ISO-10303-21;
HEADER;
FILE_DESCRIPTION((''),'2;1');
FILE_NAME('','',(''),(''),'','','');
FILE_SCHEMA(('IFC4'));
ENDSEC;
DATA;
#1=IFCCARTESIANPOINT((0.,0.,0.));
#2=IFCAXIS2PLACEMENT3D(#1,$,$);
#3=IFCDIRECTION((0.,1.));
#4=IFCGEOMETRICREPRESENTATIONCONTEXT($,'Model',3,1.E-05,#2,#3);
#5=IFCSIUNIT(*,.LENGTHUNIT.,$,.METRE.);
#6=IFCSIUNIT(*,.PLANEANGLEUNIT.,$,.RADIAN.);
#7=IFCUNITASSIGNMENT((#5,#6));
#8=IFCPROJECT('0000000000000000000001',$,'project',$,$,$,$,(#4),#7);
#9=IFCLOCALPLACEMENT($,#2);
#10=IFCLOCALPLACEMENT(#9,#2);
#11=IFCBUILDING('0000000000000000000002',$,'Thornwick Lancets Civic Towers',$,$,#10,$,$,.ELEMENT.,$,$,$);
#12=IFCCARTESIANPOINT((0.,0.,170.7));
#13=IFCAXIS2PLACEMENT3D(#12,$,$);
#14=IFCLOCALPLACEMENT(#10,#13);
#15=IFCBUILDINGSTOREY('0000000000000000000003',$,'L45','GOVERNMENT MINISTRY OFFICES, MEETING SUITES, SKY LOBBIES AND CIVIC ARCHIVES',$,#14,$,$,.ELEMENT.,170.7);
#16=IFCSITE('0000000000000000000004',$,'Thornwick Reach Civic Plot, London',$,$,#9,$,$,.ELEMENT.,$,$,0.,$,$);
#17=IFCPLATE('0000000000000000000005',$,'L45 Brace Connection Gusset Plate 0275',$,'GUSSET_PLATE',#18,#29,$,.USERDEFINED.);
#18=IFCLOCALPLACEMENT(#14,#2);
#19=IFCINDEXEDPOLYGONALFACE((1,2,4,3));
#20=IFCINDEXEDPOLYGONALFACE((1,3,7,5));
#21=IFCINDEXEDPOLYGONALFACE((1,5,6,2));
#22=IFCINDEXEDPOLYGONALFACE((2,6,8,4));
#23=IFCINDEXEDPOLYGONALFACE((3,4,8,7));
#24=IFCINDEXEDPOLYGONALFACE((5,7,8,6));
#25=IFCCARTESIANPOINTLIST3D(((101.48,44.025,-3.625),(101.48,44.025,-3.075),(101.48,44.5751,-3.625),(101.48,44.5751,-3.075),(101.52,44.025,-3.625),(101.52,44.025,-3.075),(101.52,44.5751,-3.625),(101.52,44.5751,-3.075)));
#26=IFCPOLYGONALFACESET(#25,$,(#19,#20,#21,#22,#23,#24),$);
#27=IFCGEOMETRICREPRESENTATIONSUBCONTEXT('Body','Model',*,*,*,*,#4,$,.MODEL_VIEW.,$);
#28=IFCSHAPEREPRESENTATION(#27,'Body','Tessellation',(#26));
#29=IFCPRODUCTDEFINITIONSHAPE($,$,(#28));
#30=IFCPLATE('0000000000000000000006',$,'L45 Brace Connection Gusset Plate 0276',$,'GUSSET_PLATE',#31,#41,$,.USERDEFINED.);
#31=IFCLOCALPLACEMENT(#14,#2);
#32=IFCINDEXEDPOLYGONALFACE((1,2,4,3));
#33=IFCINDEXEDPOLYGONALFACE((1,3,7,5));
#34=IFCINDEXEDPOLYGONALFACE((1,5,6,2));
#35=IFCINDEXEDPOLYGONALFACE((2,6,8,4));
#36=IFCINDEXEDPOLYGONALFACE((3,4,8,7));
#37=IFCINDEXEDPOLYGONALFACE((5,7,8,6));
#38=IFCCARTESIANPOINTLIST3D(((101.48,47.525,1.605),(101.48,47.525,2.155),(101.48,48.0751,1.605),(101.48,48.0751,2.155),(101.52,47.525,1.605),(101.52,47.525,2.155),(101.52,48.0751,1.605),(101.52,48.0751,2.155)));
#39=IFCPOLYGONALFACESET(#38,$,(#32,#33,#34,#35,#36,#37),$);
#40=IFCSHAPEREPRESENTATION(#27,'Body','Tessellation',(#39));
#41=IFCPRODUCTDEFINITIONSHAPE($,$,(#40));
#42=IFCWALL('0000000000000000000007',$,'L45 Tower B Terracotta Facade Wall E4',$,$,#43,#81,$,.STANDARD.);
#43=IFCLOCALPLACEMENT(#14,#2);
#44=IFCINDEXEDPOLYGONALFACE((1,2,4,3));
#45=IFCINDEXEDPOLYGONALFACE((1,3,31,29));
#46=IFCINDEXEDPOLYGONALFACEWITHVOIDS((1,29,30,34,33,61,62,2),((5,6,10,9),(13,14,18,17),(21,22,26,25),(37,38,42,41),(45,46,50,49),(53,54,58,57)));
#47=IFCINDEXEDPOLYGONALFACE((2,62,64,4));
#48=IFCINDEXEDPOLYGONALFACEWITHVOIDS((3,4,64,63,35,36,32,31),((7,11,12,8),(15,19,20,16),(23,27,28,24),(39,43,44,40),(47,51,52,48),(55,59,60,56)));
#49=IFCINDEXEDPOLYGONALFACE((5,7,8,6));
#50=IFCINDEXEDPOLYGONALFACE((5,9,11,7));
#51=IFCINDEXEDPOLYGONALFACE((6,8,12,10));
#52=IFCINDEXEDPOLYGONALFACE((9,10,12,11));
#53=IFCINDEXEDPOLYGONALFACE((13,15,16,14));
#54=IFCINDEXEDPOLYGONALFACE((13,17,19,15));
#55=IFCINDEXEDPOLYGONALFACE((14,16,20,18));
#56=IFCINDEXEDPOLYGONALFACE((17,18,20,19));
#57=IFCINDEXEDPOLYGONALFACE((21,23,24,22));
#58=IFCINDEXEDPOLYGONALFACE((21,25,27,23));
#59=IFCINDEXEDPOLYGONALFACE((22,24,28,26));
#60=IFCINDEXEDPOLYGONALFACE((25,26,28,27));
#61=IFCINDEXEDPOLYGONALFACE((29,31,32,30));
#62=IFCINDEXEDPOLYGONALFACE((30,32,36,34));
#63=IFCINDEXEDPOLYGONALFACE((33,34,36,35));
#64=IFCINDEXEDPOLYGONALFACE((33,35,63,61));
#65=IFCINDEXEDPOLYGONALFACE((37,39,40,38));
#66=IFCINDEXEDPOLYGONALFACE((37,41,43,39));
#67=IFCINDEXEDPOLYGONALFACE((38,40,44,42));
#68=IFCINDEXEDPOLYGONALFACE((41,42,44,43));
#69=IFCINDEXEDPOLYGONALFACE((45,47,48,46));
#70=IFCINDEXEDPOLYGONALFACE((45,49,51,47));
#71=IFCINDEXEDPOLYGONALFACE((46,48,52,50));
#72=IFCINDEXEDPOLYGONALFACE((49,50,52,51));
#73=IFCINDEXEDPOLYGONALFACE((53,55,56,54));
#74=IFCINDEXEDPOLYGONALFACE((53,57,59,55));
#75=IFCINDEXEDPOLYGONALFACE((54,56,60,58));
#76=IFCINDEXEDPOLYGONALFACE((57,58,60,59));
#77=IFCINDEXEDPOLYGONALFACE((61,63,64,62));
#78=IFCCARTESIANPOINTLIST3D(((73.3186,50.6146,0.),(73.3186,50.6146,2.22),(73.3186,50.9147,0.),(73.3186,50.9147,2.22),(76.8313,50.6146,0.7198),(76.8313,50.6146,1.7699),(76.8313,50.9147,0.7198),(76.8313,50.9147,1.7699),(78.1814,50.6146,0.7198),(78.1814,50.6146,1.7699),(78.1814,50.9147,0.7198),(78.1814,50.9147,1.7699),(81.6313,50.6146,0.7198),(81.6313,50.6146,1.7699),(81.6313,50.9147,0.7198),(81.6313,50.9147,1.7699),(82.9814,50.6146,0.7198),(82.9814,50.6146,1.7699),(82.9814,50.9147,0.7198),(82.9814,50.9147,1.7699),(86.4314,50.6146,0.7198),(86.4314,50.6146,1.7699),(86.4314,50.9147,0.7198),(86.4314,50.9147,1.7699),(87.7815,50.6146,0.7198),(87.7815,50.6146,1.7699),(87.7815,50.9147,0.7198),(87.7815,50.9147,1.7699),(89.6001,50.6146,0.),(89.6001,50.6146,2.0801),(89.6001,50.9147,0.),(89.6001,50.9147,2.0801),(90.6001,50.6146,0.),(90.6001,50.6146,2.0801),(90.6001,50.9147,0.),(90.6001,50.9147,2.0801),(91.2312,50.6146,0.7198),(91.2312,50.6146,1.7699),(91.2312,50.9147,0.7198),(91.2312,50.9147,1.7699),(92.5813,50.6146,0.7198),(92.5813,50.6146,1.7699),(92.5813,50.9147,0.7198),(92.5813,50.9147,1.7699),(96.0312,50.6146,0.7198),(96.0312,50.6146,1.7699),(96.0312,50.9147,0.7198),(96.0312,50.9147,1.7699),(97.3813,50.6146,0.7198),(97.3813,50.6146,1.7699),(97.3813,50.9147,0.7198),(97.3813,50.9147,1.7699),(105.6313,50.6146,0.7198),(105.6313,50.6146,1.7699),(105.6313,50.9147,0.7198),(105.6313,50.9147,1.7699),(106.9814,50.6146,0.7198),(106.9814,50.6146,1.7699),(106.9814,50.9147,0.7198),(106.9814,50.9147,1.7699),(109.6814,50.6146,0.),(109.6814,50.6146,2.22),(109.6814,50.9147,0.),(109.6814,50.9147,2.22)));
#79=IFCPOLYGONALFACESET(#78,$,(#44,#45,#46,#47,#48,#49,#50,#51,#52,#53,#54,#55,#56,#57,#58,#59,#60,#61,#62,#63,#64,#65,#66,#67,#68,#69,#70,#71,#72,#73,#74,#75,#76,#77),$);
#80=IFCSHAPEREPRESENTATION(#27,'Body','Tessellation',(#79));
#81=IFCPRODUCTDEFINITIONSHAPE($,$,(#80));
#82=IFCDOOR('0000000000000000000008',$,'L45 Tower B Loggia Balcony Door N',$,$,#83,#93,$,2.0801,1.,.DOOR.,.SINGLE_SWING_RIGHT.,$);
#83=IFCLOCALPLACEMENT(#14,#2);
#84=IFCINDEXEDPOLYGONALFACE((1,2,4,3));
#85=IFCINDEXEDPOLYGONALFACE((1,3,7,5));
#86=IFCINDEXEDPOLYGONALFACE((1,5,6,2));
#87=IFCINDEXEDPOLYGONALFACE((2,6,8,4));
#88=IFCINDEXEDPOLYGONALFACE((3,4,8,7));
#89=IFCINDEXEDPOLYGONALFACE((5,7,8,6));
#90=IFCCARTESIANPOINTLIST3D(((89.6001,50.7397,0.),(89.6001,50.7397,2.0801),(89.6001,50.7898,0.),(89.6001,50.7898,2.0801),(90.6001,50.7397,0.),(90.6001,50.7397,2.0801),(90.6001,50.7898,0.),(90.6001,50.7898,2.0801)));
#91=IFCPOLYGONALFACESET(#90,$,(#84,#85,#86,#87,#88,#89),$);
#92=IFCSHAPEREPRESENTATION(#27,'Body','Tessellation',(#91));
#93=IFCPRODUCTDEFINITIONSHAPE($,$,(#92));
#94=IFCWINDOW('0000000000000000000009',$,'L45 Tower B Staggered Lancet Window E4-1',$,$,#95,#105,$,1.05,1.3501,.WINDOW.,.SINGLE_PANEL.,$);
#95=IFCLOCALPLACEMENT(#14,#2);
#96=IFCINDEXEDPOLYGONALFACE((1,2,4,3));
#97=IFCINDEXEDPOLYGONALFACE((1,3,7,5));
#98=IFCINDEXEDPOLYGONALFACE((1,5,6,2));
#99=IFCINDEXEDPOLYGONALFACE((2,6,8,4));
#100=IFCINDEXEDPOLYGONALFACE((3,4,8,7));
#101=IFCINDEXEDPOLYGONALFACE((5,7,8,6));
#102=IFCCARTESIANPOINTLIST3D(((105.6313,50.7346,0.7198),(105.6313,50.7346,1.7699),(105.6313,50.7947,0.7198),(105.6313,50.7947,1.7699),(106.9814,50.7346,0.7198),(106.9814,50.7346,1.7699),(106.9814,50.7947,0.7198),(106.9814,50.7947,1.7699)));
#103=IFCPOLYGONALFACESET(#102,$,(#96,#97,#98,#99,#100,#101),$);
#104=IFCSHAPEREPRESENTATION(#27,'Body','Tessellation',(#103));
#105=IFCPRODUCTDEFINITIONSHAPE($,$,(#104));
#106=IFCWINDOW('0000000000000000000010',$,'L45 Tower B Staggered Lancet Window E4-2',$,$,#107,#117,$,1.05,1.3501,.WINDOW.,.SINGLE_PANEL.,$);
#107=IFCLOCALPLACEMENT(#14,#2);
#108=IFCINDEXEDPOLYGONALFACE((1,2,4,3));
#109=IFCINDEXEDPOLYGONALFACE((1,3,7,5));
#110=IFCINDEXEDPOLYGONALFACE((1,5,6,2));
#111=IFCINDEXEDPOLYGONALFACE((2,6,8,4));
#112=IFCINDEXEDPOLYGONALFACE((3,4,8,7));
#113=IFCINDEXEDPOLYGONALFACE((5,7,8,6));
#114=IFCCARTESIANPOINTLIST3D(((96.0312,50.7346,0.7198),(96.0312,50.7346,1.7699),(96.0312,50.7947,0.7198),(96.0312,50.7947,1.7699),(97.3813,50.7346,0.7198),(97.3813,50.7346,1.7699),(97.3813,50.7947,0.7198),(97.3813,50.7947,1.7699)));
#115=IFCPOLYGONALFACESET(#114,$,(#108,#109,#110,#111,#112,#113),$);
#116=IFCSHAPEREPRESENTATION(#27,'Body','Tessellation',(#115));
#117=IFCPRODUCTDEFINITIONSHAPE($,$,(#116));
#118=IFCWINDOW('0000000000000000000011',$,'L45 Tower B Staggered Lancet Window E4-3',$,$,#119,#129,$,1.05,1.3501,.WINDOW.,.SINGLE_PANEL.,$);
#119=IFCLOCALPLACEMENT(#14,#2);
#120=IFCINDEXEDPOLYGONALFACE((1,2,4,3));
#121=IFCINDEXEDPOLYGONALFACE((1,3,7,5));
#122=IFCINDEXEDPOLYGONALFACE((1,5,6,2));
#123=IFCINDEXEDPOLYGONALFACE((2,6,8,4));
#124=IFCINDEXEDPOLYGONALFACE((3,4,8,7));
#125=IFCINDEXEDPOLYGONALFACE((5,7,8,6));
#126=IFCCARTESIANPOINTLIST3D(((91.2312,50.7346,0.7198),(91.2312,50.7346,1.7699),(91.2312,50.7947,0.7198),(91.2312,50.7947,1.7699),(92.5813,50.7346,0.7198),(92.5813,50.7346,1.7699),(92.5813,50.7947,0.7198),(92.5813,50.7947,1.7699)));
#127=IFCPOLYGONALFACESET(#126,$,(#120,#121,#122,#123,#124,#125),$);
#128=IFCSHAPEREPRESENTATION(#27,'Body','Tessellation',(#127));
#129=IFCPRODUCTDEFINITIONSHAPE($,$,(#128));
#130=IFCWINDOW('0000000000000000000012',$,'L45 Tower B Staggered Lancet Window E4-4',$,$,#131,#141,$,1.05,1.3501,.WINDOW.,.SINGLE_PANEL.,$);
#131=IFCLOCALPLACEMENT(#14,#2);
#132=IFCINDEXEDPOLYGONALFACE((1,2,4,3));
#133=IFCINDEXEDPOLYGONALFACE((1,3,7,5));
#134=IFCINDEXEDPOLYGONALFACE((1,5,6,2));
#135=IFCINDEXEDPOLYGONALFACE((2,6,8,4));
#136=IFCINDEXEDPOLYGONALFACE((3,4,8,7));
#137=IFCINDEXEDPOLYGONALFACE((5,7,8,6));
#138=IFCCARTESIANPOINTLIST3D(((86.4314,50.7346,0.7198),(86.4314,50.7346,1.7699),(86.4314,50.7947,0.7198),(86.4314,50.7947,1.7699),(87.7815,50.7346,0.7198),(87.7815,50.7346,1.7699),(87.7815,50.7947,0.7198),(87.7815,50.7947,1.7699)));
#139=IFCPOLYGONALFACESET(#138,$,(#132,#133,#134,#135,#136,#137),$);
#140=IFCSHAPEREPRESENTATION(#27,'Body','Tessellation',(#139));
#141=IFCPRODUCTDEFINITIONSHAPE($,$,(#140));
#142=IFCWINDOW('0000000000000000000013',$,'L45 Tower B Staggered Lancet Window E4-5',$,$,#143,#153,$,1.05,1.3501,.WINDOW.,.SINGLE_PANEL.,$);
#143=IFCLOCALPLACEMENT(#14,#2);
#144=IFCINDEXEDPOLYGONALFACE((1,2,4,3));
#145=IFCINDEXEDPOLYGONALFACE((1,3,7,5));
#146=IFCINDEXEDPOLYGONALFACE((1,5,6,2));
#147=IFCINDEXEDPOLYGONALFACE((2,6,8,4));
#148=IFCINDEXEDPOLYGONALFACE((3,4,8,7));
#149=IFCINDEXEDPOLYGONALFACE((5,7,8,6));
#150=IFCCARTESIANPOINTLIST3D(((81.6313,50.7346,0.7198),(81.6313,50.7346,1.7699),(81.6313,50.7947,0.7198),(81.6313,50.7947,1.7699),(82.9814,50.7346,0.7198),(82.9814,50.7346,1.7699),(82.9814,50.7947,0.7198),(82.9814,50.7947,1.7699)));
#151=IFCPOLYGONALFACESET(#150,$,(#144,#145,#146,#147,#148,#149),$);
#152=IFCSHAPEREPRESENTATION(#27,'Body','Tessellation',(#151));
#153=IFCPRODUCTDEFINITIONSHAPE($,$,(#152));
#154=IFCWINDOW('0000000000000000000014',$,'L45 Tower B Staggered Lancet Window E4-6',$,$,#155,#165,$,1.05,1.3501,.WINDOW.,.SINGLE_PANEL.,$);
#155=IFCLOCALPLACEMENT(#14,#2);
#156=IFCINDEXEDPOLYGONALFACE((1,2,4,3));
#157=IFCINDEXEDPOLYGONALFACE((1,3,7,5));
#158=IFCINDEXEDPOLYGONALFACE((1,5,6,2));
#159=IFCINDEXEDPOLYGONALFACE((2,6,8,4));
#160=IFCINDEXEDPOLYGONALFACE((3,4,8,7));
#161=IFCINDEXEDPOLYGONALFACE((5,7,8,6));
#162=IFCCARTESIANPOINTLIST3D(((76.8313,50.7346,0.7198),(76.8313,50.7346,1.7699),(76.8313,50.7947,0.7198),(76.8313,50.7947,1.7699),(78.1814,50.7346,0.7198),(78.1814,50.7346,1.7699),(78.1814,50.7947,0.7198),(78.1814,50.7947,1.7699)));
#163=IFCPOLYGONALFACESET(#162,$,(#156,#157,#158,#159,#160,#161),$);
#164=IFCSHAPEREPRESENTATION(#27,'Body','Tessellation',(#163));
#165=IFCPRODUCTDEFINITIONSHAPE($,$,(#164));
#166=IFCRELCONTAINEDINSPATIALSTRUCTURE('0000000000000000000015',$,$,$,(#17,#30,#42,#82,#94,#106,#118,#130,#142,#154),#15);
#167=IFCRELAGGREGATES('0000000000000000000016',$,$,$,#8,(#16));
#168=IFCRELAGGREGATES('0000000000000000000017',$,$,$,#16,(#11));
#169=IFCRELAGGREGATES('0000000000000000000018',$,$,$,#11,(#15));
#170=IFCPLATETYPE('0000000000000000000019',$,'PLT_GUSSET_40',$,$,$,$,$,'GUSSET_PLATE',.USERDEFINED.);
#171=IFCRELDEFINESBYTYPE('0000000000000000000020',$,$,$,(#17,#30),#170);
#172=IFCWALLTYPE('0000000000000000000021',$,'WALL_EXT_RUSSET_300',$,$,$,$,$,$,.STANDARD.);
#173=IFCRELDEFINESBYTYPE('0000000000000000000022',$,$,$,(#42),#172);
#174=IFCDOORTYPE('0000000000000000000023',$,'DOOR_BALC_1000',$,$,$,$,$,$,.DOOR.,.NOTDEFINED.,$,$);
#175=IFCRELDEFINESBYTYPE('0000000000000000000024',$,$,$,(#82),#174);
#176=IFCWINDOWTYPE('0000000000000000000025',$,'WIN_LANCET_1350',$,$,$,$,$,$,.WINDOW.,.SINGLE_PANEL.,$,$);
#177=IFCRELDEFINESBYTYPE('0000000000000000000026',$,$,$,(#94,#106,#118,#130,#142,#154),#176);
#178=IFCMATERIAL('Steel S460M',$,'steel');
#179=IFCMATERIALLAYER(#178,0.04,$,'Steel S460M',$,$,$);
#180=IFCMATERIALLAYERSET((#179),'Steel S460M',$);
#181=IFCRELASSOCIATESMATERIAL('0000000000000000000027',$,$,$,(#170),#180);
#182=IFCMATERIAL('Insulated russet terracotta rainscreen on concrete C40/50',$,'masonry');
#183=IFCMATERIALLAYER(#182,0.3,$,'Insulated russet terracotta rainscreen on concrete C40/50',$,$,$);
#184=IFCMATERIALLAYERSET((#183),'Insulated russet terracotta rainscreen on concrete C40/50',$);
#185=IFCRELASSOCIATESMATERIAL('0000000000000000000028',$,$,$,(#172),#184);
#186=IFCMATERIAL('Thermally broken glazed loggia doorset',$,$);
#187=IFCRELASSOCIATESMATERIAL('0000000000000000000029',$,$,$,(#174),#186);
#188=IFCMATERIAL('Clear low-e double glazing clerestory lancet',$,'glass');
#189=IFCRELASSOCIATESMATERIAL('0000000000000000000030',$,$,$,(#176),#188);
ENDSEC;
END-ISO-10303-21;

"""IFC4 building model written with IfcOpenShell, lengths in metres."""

from ifc_helpers import new_model, si_unit, direction, frame, frame_2d, origin, origin_2d, place, context, subcontext, project, spatial, rectangle, extrude, material, layer, layer_set, type_object, element, fill, save


model = new_model("IFC4")

# Units and contexts
model_context = context("Model", 3, precision=1e-05, world=origin(), true_north=direction((0.0, 1.0)))
body_context = subcontext(model_context, "Body", "Model", "MODEL_VIEW")
ifc_project = project(units=[si_unit("LENGTHUNIT", "METRE"), si_unit("PLANEANGLEUNIT", "RADIAN")], contexts=[model_context])

# Site, building, storey
site_placement = place(None, origin())
site = spatial("IfcSite", under=ifc_project, at=site_placement, Name="Thornwick Reach Civic Plot, London", CompositionType="ELEMENT", RefElevation=0.0)
building_placement = place(site_placement, origin())
building = spatial("IfcBuilding", under=site, at=building_placement, Name="Thornwick Lancets Civic Towers", CompositionType="ELEMENT")
storey_placement = place(building_placement, frame((0.0, 0.0, 170.7)))
storey = spatial("IfcBuildingStorey", under=building, at=storey_placement, Name="L45", Description="GOVERNMENT MINISTRY OFFICES, MEETING SUITES, SKY LOBBIES AND CIVIC ARCHIVES", CompositionType="ELEMENT", Elevation=170.7)

# Shared definitions
ifc_material_1 = material(Name="Steel S460M", Category="steel")

# Plates
ifc_layer_1 = layer(ifc_material_1, 0.04, Name="Steel S460M")
ifc_layer_set_1 = layer_set([ifc_layer_1], Name="Steel S460M")
plate_type_1 = type_object("IfcPlateType", Name="PLT_GUSSET_40", ElementType="GUSSET_PLATE", PredefinedType="USERDEFINED", material=ifc_layer_set_1)
for number, where, z_axis, x_axis, name in (
    (1, (101.5, 44.3, -3.625), (0.0, 0.0, 1.0), (0.0, 1.0, 0.0), "L45 Brace Connection Gusset Plate 0275"),
    (2, (101.5, 47.8, 1.605), (0.0, 0.0, 1.0), (0.0, 1.0, 0.0), "L45 Brace Connection Gusset Plate 0276"),
):
    element("IfcPlate", number, at=place(storey_placement, frame(where, z_axis=z_axis, x_axis=x_axis)), inside=storey, type_object=plate_type_1, Name=name, ObjectType="GUSSET_PLATE", PredefinedType="USERDEFINED", context=body_context, shape_type="SweptSolid", body=[
        extrude(rectangle(XDim=0.55, YDim=0.04, at=origin_2d()), origin(), (0.0, 0.0, 1.0), 0.55),
    ])

# Wall, openings, door, windows
ifc_material_2 = material(Name="Insulated russet terracotta rainscreen on concrete C40/50", Category="masonry")
ifc_layer_2 = layer(ifc_material_2, 0.3, Name="Insulated russet terracotta rainscreen on concrete C40/50")
ifc_layer_set_2 = layer_set([ifc_layer_2], Name="Insulated russet terracotta rainscreen on concrete C40/50")
wall_type_1 = type_object("IfcWallType", Name="WALL_EXT_RUSSET_300", PredefinedType="STANDARD", material=ifc_layer_set_2)
wall_1_placement = place(storey_placement, frame((109.6814, 50.7646, 0.0), z_axis=(0.0, 0.0, 1.0), x_axis=(-1.0, 0.0, 0.0)))
wall_1 = element("IfcWall", 3, at=wall_1_placement, inside=storey, type_object=wall_type_1, Name="L45 Tower B Terracotta Facade Wall E4", PredefinedType="STANDARD", context=body_context, shape_type="SweptSolid", body=[
    extrude(rectangle(XDim=36.3628, YDim=0.3, at=frame_2d((18.1814, 0.0))), origin(), (0.0, 0.0, 1.0), 2.22),
])
opening_1_placement = place(wall_1_placement, frame((19.0813, 0.0, 0.0)))
opening_1 = element("IfcOpeningElement", 4, at=opening_1_placement, cuts=wall_1, PredefinedType="OPENING", context=body_context, shape_type="SweptSolid", body=[
    extrude(rectangle(XDim=1.0, YDim=2.0801, at=frame_2d((0.5, 1.04))), frame((0.0, 0.1602, 0.0), z_axis=(0.0, -1.0, 0.0), x_axis=(1.0, 0.0, 0.0)), (0.0, 0.0, 1.0), 0.3201),
])
opening_2_placement = place(wall_1_placement, frame((2.7, 0.0, 0.72)))
opening_2 = element("IfcOpeningElement", 5, at=opening_2_placement, cuts=wall_1, PredefinedType="OPENING", context=body_context, shape_type="SweptSolid", body=[
    extrude(rectangle(XDim=1.3501, YDim=1.05, at=frame_2d((0.675, 0.5249))), frame((0.0, 0.1602, 0.0), z_axis=(0.0, -1.0, 0.0), x_axis=(1.0, 0.0, 0.0)), (0.0, 0.0, 1.0), 0.3201),
])
opening_3_placement = place(wall_1_placement, frame((12.3, 0.0, 0.72)))
opening_3 = element("IfcOpeningElement", 6, at=opening_3_placement, cuts=wall_1, PredefinedType="OPENING", context=body_context, shape_type="SweptSolid", body=[
    extrude(rectangle(XDim=1.3501, YDim=1.05, at=frame_2d((0.675, 0.5249))), frame((0.0, 0.1602, 0.0), z_axis=(0.0, -1.0, 0.0), x_axis=(1.0, 0.0, 0.0)), (0.0, 0.0, 1.0), 0.3201),
])
opening_4_placement = place(wall_1_placement, frame((17.1001, 0.0, 0.72)))
opening_4 = element("IfcOpeningElement", 7, at=opening_4_placement, cuts=wall_1, PredefinedType="OPENING", context=body_context, shape_type="SweptSolid", body=[
    extrude(rectangle(XDim=1.3501, YDim=1.05, at=frame_2d((0.675, 0.5249))), frame((0.0, 0.1602, 0.0), z_axis=(0.0, -1.0, 0.0), x_axis=(1.0, 0.0, 0.0)), (0.0, 0.0, 1.0), 0.3201),
])
opening_5_placement = place(wall_1_placement, frame((21.8999, 0.0, 0.72)))
opening_5 = element("IfcOpeningElement", 8, at=opening_5_placement, cuts=wall_1, PredefinedType="OPENING", context=body_context, shape_type="SweptSolid", body=[
    extrude(rectangle(XDim=1.3501, YDim=1.05, at=frame_2d((0.675, 0.5249))), frame((0.0, 0.1602, 0.0), z_axis=(0.0, -1.0, 0.0), x_axis=(1.0, 0.0, 0.0)), (0.0, 0.0, 1.0), 0.3201),
])
opening_6_placement = place(wall_1_placement, frame((26.7, 0.0, 0.72)))
opening_6 = element("IfcOpeningElement", 9, at=opening_6_placement, cuts=wall_1, PredefinedType="OPENING", context=body_context, shape_type="SweptSolid", body=[
    extrude(rectangle(XDim=1.3501, YDim=1.05, at=frame_2d((0.675, 0.5249))), frame((0.0, 0.1602, 0.0), z_axis=(0.0, -1.0, 0.0), x_axis=(1.0, 0.0, 0.0)), (0.0, 0.0, 1.0), 0.3201),
])
opening_7_placement = place(wall_1_placement, frame((31.5, 0.0, 0.72)))
opening_7 = element("IfcOpeningElement", 10, at=opening_7_placement, cuts=wall_1, PredefinedType="OPENING", context=body_context, shape_type="SweptSolid", body=[
    extrude(rectangle(XDim=1.3501, YDim=1.05, at=frame_2d((0.675, 0.5249))), frame((0.0, 0.1602, 0.0), z_axis=(0.0, -1.0, 0.0), x_axis=(1.0, 0.0, 0.0)), (0.0, 0.0, 1.0), 0.3201),
])
ifc_material_3 = material(Name="Thermally broken glazed loggia doorset")
door_type = type_object("IfcDoorType", Name="DOOR_BALC_1000", OperationType="NOTDEFINED", PredefinedType="DOOR", material=ifc_material_3)
door_placement = place(opening_1_placement, origin())
door = element("IfcDoor", 11, at=door_placement, inside=storey, type_object=door_type, Name="L45 Tower B Loggia Balcony Door N", OperationType="SINGLE_SWING_RIGHT", OverallHeight=2.0801, OverallWidth=1.0, PredefinedType="DOOR", context=body_context, shape_type="SweptSolid", body=[
    extrude(rectangle(XDim=1.0, YDim=2.0801, at=frame_2d((0.5, 1.04))), frame((0.0, 0.0249, 0.0), z_axis=(0.0, -1.0, 0.0), x_axis=(1.0, 0.0, 0.0)), (0.0, 0.0, 1.0), 0.05),
])
fill(opening_1, door)
ifc_material_4 = material(Name="Clear low-e double glazing clerestory lancet", Category="glass")
window_type = type_object("IfcWindowType", Name="WIN_LANCET_1350", PartitioningType="SINGLE_PANEL", PredefinedType="WINDOW", material=ifc_material_4)
window_1_placement = place(opening_2_placement, origin())
window_1 = element("IfcWindow", 12, at=window_1_placement, inside=storey, type_object=window_type, Name="L45 Tower B Staggered Lancet Window E4-1", OverallHeight=1.05, OverallWidth=1.3501, PartitioningType="SINGLE_PANEL", PredefinedType="WINDOW", context=body_context, shape_type="SweptSolid", body=[
    extrude(rectangle(XDim=1.3501, YDim=1.05, at=frame_2d((0.675, 0.5249))), frame((0.0, 0.03, 0.0), z_axis=(0.0, -1.0, 0.0), x_axis=(1.0, 0.0, 0.0)), (0.0, 0.0, 1.0), 0.0601),
])
fill(opening_2, window_1)
window_2_placement = place(opening_3_placement, origin())
window_2 = element("IfcWindow", 13, at=window_2_placement, inside=storey, type_object=window_type, Name="L45 Tower B Staggered Lancet Window E4-2", OverallHeight=1.05, OverallWidth=1.3501, PartitioningType="SINGLE_PANEL", PredefinedType="WINDOW", context=body_context, shape_type="SweptSolid", body=[
    extrude(rectangle(XDim=1.3501, YDim=1.05, at=frame_2d((0.675, 0.5249))), frame((0.0, 0.03, 0.0), z_axis=(0.0, -1.0, 0.0), x_axis=(1.0, 0.0, 0.0)), (0.0, 0.0, 1.0), 0.0601),
])
fill(opening_3, window_2)
window_3_placement = place(opening_4_placement, origin())
window_3 = element("IfcWindow", 14, at=window_3_placement, inside=storey, type_object=window_type, Name="L45 Tower B Staggered Lancet Window E4-3", OverallHeight=1.05, OverallWidth=1.3501, PartitioningType="SINGLE_PANEL", PredefinedType="WINDOW", context=body_context, shape_type="SweptSolid", body=[
    extrude(rectangle(XDim=1.3501, YDim=1.05, at=frame_2d((0.675, 0.5249))), frame((0.0, 0.03, 0.0), z_axis=(0.0, -1.0, 0.0), x_axis=(1.0, 0.0, 0.0)), (0.0, 0.0, 1.0), 0.0601),
])
fill(opening_4, window_3)
window_4_placement = place(opening_5_placement, origin())
window_4 = element("IfcWindow", 15, at=window_4_placement, inside=storey, type_object=window_type, Name="L45 Tower B Staggered Lancet Window E4-4", OverallHeight=1.05, OverallWidth=1.3501, PartitioningType="SINGLE_PANEL", PredefinedType="WINDOW", context=body_context, shape_type="SweptSolid", body=[
    extrude(rectangle(XDim=1.3501, YDim=1.05, at=frame_2d((0.675, 0.5249))), frame((0.0, 0.03, 0.0), z_axis=(0.0, -1.0, 0.0), x_axis=(1.0, 0.0, 0.0)), (0.0, 0.0, 1.0), 0.0601),
])
fill(opening_5, window_4)
window_5_placement = place(opening_6_placement, origin())
window_5 = element("IfcWindow", 16, at=window_5_placement, inside=storey, type_object=window_type, Name="L45 Tower B Staggered Lancet Window E4-5", OverallHeight=1.05, OverallWidth=1.3501, PartitioningType="SINGLE_PANEL", PredefinedType="WINDOW", context=body_context, shape_type="SweptSolid", body=[
    extrude(rectangle(XDim=1.3501, YDim=1.05, at=frame_2d((0.675, 0.5249))), frame((0.0, 0.03, 0.0), z_axis=(0.0, -1.0, 0.0), x_axis=(1.0, 0.0, 0.0)), (0.0, 0.0, 1.0), 0.0601),
])
fill(opening_6, window_5)
window_6_placement = place(opening_7_placement, origin())
window_6 = element("IfcWindow", 17, at=window_6_placement, inside=storey, type_object=window_type, Name="L45 Tower B Staggered Lancet Window E4-6", OverallHeight=1.05, OverallWidth=1.3501, PartitioningType="SINGLE_PANEL", PredefinedType="WINDOW", context=body_context, shape_type="SweptSolid", body=[
    extrude(rectangle(XDim=1.3501, YDim=1.05, at=frame_2d((0.675, 0.5249))), frame((0.0, 0.03, 0.0), z_axis=(0.0, -1.0, 0.0), x_axis=(1.0, 0.0, 0.0)), (0.0, 0.0, 1.0), 0.0601),
])
fill(opening_7, window_6)

save(model, "model.ifc")
